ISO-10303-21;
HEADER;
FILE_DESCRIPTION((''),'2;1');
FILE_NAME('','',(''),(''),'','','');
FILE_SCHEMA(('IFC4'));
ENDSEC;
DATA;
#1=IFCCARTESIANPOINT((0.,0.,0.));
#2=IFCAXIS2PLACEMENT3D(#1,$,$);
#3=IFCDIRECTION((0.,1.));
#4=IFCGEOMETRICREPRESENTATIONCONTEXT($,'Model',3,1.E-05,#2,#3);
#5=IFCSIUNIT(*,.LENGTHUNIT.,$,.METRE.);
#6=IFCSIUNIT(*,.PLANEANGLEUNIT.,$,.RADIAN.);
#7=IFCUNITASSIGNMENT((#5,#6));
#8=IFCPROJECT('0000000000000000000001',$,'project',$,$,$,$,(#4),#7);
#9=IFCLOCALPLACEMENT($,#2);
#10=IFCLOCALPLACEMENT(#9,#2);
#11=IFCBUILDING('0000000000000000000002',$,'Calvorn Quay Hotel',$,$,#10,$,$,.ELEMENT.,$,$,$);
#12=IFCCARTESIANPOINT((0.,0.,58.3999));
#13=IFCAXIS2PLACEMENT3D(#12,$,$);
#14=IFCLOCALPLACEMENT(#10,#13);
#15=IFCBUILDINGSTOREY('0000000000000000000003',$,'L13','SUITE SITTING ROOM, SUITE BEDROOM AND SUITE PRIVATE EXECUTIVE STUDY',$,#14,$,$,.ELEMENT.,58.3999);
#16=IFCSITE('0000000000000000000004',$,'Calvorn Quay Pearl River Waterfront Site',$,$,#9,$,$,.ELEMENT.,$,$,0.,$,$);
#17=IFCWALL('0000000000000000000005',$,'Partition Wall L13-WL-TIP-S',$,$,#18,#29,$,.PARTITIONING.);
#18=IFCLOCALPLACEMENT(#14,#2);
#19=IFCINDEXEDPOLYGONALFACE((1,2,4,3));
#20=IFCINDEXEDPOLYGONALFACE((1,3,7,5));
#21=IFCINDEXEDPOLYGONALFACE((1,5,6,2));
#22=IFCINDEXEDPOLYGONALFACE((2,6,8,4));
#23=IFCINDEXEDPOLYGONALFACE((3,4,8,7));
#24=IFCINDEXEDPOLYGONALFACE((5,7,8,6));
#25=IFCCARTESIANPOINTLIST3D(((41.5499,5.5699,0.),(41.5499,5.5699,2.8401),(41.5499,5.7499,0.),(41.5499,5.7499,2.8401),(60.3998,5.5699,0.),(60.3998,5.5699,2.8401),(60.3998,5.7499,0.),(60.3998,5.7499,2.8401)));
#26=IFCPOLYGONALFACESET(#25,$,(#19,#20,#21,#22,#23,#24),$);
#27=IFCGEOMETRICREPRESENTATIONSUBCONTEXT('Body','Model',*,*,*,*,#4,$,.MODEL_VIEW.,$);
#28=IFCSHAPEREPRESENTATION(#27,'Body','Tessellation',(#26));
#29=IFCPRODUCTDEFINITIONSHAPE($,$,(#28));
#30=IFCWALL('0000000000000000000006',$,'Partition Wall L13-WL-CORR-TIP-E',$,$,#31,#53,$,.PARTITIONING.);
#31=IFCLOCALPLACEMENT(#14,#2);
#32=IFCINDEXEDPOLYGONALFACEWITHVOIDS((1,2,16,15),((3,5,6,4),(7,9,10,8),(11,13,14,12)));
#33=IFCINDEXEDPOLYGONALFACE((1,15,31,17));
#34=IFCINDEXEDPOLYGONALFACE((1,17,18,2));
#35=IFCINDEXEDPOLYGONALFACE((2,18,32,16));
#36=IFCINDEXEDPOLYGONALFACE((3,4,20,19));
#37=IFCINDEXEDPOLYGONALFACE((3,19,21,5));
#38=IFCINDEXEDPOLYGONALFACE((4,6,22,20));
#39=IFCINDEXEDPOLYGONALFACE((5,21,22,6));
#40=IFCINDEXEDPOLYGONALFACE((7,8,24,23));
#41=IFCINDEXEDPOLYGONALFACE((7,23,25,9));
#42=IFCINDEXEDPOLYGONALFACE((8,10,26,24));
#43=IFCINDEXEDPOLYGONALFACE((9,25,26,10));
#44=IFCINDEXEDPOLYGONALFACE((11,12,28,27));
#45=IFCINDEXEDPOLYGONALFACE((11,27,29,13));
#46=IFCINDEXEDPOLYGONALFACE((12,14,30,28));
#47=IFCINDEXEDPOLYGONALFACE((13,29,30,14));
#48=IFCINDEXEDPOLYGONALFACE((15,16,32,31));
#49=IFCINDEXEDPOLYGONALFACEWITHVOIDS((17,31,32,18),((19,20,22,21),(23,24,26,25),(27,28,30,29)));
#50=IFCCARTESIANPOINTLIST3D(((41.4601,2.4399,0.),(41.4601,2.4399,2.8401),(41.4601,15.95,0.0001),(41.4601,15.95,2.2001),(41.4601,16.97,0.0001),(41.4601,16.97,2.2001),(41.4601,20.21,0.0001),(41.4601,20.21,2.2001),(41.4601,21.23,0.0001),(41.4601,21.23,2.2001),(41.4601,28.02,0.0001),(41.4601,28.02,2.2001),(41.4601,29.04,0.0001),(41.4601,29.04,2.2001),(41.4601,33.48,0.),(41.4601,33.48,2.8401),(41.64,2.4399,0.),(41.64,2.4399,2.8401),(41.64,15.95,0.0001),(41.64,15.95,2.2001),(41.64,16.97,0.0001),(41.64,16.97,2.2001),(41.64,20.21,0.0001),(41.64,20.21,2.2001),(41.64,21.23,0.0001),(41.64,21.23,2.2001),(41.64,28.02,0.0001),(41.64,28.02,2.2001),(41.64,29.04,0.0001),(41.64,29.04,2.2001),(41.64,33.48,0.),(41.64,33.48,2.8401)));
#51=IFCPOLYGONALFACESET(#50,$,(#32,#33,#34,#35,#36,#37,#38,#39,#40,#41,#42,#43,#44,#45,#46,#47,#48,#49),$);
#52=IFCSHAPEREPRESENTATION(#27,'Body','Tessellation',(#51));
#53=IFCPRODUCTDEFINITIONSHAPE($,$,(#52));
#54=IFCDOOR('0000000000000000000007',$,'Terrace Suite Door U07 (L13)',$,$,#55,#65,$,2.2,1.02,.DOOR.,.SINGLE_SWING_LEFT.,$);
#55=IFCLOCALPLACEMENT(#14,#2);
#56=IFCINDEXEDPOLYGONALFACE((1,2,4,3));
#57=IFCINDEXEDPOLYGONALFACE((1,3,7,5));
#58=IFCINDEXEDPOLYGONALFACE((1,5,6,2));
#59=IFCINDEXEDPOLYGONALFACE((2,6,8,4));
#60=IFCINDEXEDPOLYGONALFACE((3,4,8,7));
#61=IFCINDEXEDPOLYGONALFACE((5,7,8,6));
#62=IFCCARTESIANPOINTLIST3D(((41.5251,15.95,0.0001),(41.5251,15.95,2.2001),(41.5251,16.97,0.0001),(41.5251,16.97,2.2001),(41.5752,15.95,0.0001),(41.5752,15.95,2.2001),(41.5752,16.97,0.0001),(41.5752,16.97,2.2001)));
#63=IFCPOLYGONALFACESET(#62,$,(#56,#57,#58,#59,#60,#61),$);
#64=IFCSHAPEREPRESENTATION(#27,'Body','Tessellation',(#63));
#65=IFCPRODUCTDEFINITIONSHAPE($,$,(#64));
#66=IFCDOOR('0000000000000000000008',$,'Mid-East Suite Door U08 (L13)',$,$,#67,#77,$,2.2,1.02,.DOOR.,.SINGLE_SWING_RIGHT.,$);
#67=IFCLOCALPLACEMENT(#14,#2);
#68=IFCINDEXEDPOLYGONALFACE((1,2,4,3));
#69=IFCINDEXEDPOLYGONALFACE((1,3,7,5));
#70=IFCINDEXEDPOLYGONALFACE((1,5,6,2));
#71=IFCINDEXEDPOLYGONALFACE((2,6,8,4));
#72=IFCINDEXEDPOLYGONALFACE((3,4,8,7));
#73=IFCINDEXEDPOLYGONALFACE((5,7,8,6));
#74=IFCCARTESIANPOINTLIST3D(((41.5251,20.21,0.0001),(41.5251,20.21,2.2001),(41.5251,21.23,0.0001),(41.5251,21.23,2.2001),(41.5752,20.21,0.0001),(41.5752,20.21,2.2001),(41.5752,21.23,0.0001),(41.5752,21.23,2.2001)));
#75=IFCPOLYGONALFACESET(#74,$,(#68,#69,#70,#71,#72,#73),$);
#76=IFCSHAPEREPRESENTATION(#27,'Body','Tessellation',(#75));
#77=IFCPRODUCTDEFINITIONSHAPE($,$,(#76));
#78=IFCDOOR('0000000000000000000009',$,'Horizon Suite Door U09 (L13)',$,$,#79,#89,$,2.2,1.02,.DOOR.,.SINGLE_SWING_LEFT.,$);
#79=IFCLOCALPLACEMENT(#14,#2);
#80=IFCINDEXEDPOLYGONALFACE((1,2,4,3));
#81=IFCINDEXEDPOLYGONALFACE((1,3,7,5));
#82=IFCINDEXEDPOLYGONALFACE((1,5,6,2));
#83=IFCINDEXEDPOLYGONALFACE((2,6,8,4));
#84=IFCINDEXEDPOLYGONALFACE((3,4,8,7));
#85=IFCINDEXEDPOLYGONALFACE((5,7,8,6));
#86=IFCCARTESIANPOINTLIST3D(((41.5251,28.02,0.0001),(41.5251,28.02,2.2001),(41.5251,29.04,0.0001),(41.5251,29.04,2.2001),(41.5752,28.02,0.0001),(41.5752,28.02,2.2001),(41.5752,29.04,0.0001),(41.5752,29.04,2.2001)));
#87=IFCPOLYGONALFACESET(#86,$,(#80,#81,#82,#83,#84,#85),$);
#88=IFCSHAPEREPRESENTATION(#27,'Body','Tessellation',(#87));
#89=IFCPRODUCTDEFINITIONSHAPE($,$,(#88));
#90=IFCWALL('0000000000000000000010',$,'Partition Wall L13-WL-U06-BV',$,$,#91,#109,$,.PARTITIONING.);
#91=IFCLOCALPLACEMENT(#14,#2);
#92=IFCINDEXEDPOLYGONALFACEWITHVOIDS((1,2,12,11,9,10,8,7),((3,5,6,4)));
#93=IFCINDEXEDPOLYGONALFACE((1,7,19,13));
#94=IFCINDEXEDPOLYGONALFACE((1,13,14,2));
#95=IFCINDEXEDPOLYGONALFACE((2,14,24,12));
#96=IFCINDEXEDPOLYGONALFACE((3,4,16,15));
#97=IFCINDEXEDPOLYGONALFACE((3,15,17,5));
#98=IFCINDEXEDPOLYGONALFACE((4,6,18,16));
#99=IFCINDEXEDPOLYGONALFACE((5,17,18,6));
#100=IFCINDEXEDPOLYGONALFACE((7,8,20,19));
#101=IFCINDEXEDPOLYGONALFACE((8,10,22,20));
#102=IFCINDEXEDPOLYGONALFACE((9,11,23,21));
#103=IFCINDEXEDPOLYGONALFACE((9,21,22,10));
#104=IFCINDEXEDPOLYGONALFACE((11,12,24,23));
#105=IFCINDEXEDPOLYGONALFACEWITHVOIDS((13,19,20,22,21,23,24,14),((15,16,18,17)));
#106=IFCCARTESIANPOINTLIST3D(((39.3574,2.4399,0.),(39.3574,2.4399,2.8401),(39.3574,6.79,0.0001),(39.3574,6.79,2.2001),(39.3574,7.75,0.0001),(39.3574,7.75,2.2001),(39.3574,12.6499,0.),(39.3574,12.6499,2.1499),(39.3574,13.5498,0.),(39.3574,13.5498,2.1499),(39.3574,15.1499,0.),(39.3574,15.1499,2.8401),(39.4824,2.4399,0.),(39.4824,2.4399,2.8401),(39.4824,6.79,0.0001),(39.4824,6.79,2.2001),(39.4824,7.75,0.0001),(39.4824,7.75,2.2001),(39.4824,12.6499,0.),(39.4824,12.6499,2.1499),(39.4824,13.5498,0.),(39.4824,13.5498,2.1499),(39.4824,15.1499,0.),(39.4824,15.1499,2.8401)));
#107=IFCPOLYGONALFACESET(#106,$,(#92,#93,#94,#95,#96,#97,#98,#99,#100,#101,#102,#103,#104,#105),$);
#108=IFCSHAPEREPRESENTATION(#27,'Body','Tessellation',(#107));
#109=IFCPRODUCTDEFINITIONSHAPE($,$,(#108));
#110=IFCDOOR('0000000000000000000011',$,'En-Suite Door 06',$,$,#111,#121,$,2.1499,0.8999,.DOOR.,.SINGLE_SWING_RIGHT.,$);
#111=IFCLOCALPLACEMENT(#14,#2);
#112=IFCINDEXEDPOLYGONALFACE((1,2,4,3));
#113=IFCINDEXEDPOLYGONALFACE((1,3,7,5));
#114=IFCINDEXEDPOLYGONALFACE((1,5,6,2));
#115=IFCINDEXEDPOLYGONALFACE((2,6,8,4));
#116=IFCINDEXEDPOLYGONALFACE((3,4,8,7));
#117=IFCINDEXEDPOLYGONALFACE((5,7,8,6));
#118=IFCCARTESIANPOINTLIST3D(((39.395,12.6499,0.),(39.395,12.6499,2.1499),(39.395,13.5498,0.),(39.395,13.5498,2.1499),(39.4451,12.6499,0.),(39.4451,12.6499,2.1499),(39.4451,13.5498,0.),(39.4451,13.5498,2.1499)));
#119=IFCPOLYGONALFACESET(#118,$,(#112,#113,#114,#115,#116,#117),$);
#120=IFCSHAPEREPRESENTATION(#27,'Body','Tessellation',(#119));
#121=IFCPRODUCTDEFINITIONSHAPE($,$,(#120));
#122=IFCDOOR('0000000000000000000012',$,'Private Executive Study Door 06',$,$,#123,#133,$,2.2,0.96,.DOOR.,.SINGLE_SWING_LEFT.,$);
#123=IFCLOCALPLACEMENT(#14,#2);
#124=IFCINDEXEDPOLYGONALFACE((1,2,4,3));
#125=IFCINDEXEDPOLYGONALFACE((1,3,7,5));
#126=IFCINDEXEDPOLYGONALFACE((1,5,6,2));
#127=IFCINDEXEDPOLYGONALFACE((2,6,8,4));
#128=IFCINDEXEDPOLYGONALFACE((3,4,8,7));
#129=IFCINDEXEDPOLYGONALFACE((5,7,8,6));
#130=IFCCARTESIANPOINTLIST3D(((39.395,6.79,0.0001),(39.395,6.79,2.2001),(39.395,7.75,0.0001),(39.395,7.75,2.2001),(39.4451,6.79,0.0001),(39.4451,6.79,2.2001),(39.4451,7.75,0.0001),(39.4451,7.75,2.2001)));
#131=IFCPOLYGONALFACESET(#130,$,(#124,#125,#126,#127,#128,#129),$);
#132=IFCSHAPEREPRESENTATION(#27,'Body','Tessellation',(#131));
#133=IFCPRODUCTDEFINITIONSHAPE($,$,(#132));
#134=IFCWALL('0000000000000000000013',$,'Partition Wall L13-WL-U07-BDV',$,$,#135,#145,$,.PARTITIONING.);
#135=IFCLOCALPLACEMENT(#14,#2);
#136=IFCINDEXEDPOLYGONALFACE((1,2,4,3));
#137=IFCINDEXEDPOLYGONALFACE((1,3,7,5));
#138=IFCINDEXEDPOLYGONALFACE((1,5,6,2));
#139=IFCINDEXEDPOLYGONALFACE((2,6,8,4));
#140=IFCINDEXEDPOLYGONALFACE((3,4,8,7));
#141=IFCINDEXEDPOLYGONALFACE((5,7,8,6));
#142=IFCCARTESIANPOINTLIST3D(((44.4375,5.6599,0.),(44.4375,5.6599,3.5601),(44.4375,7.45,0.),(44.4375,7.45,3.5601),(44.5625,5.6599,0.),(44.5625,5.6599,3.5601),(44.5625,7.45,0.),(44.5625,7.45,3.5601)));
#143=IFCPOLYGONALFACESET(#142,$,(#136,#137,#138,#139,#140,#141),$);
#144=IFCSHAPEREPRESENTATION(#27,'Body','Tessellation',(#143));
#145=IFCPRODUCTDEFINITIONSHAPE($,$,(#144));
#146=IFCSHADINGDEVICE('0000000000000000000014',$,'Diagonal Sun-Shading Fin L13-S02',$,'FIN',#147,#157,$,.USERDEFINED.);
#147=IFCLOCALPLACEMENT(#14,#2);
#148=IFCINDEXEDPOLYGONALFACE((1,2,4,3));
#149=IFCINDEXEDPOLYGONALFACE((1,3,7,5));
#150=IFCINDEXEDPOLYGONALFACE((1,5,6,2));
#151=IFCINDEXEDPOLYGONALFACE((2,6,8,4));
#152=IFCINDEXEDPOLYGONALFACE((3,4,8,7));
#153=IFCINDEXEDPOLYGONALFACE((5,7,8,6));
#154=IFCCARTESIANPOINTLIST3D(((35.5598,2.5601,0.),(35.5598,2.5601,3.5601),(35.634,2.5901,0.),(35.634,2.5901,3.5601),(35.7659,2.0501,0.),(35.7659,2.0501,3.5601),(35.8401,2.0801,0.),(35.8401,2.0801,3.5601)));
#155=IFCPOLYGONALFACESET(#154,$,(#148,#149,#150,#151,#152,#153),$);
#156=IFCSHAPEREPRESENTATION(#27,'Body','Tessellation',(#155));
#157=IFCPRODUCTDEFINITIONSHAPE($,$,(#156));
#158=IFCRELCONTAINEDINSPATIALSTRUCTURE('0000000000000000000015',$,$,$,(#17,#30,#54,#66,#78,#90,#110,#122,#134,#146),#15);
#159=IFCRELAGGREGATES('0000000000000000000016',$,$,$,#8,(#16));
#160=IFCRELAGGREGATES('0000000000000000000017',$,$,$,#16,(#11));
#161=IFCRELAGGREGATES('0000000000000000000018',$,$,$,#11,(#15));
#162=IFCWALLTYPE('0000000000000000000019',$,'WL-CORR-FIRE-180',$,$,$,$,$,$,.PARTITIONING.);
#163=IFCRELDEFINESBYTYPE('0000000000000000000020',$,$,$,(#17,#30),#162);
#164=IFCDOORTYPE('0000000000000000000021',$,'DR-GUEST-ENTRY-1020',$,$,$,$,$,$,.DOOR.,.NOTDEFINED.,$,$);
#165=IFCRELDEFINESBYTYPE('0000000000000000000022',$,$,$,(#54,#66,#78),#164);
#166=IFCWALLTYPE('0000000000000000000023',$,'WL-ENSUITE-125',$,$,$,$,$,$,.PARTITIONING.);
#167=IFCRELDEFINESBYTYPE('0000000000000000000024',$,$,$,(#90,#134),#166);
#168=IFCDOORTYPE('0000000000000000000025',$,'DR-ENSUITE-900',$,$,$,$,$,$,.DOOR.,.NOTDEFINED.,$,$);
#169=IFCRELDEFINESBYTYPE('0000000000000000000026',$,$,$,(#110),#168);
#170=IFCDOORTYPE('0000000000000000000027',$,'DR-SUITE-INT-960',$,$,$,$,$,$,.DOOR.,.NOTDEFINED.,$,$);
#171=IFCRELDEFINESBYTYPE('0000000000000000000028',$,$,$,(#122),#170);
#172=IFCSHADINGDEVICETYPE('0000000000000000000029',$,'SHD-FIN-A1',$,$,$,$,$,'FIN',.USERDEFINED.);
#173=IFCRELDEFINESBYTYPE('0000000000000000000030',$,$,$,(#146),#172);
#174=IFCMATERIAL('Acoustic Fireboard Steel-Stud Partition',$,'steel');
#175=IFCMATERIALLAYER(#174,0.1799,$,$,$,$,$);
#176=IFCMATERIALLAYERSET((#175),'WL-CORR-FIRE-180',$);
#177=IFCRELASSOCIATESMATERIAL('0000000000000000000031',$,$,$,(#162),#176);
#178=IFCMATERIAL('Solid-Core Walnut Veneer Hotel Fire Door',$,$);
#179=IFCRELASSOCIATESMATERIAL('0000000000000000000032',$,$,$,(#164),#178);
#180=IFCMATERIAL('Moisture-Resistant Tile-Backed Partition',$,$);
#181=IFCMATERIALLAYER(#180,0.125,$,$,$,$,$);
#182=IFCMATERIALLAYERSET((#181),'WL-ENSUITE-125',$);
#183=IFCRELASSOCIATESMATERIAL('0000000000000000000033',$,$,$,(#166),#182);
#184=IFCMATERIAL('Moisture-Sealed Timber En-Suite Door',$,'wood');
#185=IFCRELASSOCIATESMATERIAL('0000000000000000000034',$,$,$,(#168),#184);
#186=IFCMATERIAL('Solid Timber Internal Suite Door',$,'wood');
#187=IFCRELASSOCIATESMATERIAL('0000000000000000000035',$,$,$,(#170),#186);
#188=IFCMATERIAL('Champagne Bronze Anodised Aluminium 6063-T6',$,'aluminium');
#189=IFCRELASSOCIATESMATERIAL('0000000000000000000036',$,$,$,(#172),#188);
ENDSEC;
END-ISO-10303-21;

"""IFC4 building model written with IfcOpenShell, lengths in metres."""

from ifc_helpers import new_model, si_unit, direction, frame, frame_2d, origin, origin_2d, place, context, subcontext, project, spatial, rectangle, extrude, material, layer, layer_set, type_object, element, fill, save


model = new_model("IFC4")

# Units and contexts
model_context = context("Model", 3, precision=1e-05, world=origin(), true_north=direction((0.0, 1.0)))
body_context = subcontext(model_context, "Body", "Model", "MODEL_VIEW")
ifc_project = project(units=[si_unit("LENGTHUNIT", "METRE"), si_unit("PLANEANGLEUNIT", "RADIAN")], contexts=[model_context])

# Site, building, storey
site_placement = place(None, origin())
site = spatial("IfcSite", under=ifc_project, at=site_placement, Name="Calvorn Quay Pearl River Waterfront Site", CompositionType="ELEMENT", RefElevation=0.0)
building_placement = place(site_placement, origin())
building = spatial("IfcBuilding", under=site, at=building_placement, Name="Calvorn Quay Hotel", CompositionType="ELEMENT")
storey_placement = place(building_placement, frame((0.0, 0.0, 58.3999)))
storey = spatial("IfcBuildingStorey", under=building, at=storey_placement, Name="L13", Description="SUITE SITTING ROOM, SUITE BEDROOM AND SUITE PRIVATE EXECUTIVE STUDY", CompositionType="ELEMENT", Elevation=58.3999)

# Wall
ifc_material_1 = material(Name="Acoustic Fireboard Steel-Stud Partition", Category="steel")
ifc_layer_1 = layer(ifc_material_1, 0.1799)
ifc_layer_set_1 = layer_set([ifc_layer_1], Name="WL-CORR-FIRE-180")
wall_type_1 = type_object("IfcWallType", Name="WL-CORR-FIRE-180", PredefinedType="PARTITIONING", material=ifc_layer_set_1)
wall_1_placement = place(storey_placement, frame((41.55, 5.6599, 0.0), z_axis=(0.0, 0.0, 1.0), x_axis=(1.0, 0.0, 0.0)))
element("IfcWall", 1, at=wall_1_placement, inside=storey, type_object=wall_type_1, Name="Partition Wall L13-WL-TIP-S", PredefinedType="PARTITIONING", context=body_context, shape_type="SweptSolid", body=[
    extrude(rectangle(XDim=18.8499, YDim=0.1799, at=frame_2d((9.4248, 0.0))), origin(), (0.0, 0.0, 1.0), 2.8401),
])

# Walls, openings, doors
wall_2_placement = place(storey_placement, frame((41.55, 2.4399, 0.0), z_axis=(0.0, 0.0, 1.0), x_axis=(0.0, 1.0, 0.0)))
wall_2 = element("IfcWall", 2, at=wall_2_placement, inside=storey, type_object=wall_type_1, Name="Partition Wall L13-WL-CORR-TIP-E", PredefinedType="PARTITIONING", context=body_context, shape_type="SweptSolid", body=[
    extrude(rectangle(XDim=31.04, YDim=0.1799, at=frame_2d((15.52, 0.0))), origin(), (0.0, 0.0, 1.0), 2.8401),
])
opening_1_placement = place(wall_2_placement, frame((13.51, 0.0, 0.0)))
opening_1 = element("IfcOpeningElement", 3, at=opening_1_placement, cuts=wall_2, PredefinedType="OPENING", context=body_context, shape_type="SweptSolid", body=[
    extrude(rectangle(XDim=1.02, YDim=2.2, at=frame_2d((0.51, 1.1001))), frame((0.0, 0.0999, 0.0), z_axis=(0.0, -1.0, 0.0), x_axis=(1.0, 0.0, 0.0)), (0.0, 0.0, 1.0), 0.2),
])
opening_2_placement = place(wall_2_placement, frame((17.77, 0.0, 0.0)))
opening_2 = element("IfcOpeningElement", 4, at=opening_2_placement, cuts=wall_2, PredefinedType="OPENING", context=body_context, shape_type="SweptSolid", body=[
    extrude(rectangle(XDim=1.02, YDim=2.2, at=frame_2d((0.51, 1.1001))), frame((0.0, 0.0999, 0.0), z_axis=(0.0, -1.0, 0.0), x_axis=(1.0, 0.0, 0.0)), (0.0, 0.0, 1.0), 0.2),
])
opening_3_placement = place(wall_2_placement, frame((25.5801, 0.0, 0.0)))
opening_3 = element("IfcOpeningElement", 5, at=opening_3_placement, cuts=wall_2, PredefinedType="OPENING", context=body_context, shape_type="SweptSolid", body=[
    extrude(rectangle(XDim=1.02, YDim=2.2, at=frame_2d((0.51, 1.1001))), frame((0.0, 0.0999, 0.0), z_axis=(0.0, -1.0, 0.0), x_axis=(1.0, 0.0, 0.0)), (0.0, 0.0, 1.0), 0.2),
])
ifc_material_2 = material(Name="Solid-Core Walnut Veneer Hotel Fire Door")
door_type_1 = type_object("IfcDoorType", Name="DR-GUEST-ENTRY-1020", OperationType="NOTDEFINED", PredefinedType="DOOR", material=ifc_material_2)
door_1_placement = place(opening_1_placement, origin())
door_1 = element("IfcDoor", 6, at=door_1_placement, inside=storey, type_object=door_type_1, Name="Terrace Suite Door U07 (L13)", OperationType="SINGLE_SWING_LEFT", OverallHeight=2.2, OverallWidth=1.02, PredefinedType="DOOR", context=body_context, shape_type="SweptSolid", body=[
    extrude(rectangle(XDim=1.02, YDim=2.2, at=frame_2d((0.51, 1.1001))), frame((0.0, 0.0249, 0.0), z_axis=(0.0, -1.0, 0.0), x_axis=(1.0, 0.0, 0.0)), (0.0, 0.0, 1.0), 0.05),
])
fill(opening_1, door_1)
door_2_placement = place(opening_2_placement, origin())
door_2 = element("IfcDoor", 7, at=door_2_placement, inside=storey, type_object=door_type_1, Name="Mid-East Suite Door U08 (L13)", OperationType="SINGLE_SWING_RIGHT", OverallHeight=2.2, OverallWidth=1.02, PredefinedType="DOOR", context=body_context, shape_type="SweptSolid", body=[
    extrude(rectangle(XDim=1.02, YDim=2.2, at=frame_2d((0.51, 1.1001))), frame((0.0, 0.0249, 0.0), z_axis=(0.0, -1.0, 0.0), x_axis=(1.0, 0.0, 0.0)), (0.0, 0.0, 1.0), 0.05),
])
fill(opening_2, door_2)
door_3_placement = place(opening_3_placement, origin())
door_3 = element("IfcDoor", 8, at=door_3_placement, inside=storey, type_object=door_type_1, Name="Horizon Suite Door U09 (L13)", OperationType="SINGLE_SWING_LEFT", OverallHeight=2.2, OverallWidth=1.02, PredefinedType="DOOR", context=body_context, shape_type="SweptSolid", body=[
    extrude(rectangle(XDim=1.02, YDim=2.2, at=frame_2d((0.51, 1.1001))), frame((0.0, 0.0249, 0.0), z_axis=(0.0, -1.0, 0.0), x_axis=(1.0, 0.0, 0.0)), (0.0, 0.0, 1.0), 0.05),
])
fill(opening_3, door_3)
ifc_material_3 = material(Name="Moisture-Resistant Tile-Backed Partition")
ifc_layer_2 = layer(ifc_material_3, 0.125)
ifc_layer_set_2 = layer_set([ifc_layer_2], Name="WL-ENSUITE-125")
wall_type_2 = type_object("IfcWallType", Name="WL-ENSUITE-125", PredefinedType="PARTITIONING", material=ifc_layer_set_2)
wall_3_placement = place(storey_placement, frame((39.4199, 2.4399, 0.0), z_axis=(0.0, 0.0, 1.0), x_axis=(0.0, 1.0, 0.0)))
wall_3 = element("IfcWall", 9, at=wall_3_placement, inside=storey, type_object=wall_type_2, Name="Partition Wall L13-WL-U06-BV", PredefinedType="PARTITIONING", context=body_context, shape_type="SweptSolid", body=[
    extrude(rectangle(XDim=12.71, YDim=0.125, at=frame_2d((6.355, 0.0))), origin(), (0.0, 0.0, 1.0), 2.8401),
])
opening_4_placement = place(wall_3_placement, frame((4.3501, 0.0, 0.0)))
opening_4 = element("IfcOpeningElement", 10, at=opening_4_placement, cuts=wall_3, PredefinedType="OPENING", context=body_context, shape_type="SweptSolid", body=[
    extrude(rectangle(XDim=0.96, YDim=2.2, at=frame_2d((0.48, 1.1001))), frame((0.0, 0.0725, 0.0), z_axis=(0.0, -1.0, 0.0), x_axis=(1.0, 0.0, 0.0)), (0.0, 0.0, 1.0), 0.145),
])
opening_5_placement = place(wall_3_placement, frame((10.21, 0.0, 0.0)))
opening_5 = element("IfcOpeningElement", 11, at=opening_5_placement, cuts=wall_3, PredefinedType="OPENING", context=body_context, shape_type="SweptSolid", body=[
    extrude(rectangle(XDim=0.8999, YDim=2.1499, at=frame_2d((0.45, 1.075))), frame((0.0, 0.0725, 0.0), z_axis=(0.0, -1.0, 0.0), x_axis=(1.0, 0.0, 0.0)), (0.0, 0.0, 1.0), 0.145),
])
ifc_material_4 = material(Name="Moisture-Sealed Timber En-Suite Door", Category="wood")
door_type_2 = type_object("IfcDoorType", Name="DR-ENSUITE-900", OperationType="NOTDEFINED", PredefinedType="DOOR", material=ifc_material_4)
door_4_placement = place(opening_5_placement, origin())
door_4 = element("IfcDoor", 12, at=door_4_placement, inside=storey, type_object=door_type_2, Name="En-Suite Door 06", OperationType="SINGLE_SWING_RIGHT", OverallHeight=2.1499, OverallWidth=0.8999, PredefinedType="DOOR", context=body_context, shape_type="SweptSolid", body=[
    extrude(rectangle(XDim=0.8999, YDim=2.1499, at=frame_2d((0.45, 1.075))), frame((0.0, 0.0249, 0.0), z_axis=(0.0, -1.0, 0.0), x_axis=(1.0, 0.0, 0.0)), (0.0, 0.0, 1.0), 0.05),
])
fill(opening_5, door_4)
ifc_material_5 = material(Name="Solid Timber Internal Suite Door", Category="wood")
door_type_3 = type_object("IfcDoorType", Name="DR-SUITE-INT-960", OperationType="NOTDEFINED", PredefinedType="DOOR", material=ifc_material_5)
door_5_placement = place(opening_4_placement, origin())
door_5 = element("IfcDoor", 13, at=door_5_placement, inside=storey, type_object=door_type_3, Name="Private Executive Study Door 06", OperationType="SINGLE_SWING_LEFT", OverallHeight=2.2, OverallWidth=0.96, PredefinedType="DOOR", context=body_context, shape_type="SweptSolid", body=[
    extrude(rectangle(XDim=0.96, YDim=2.2, at=frame_2d((0.48, 1.1001))), frame((0.0, 0.0249, 0.0), z_axis=(0.0, -1.0, 0.0), x_axis=(1.0, 0.0, 0.0)), (0.0, 0.0, 1.0), 0.05),
])
fill(opening_4, door_5)

# Wall
wall_4_placement = place(storey_placement, frame((44.5, 5.6599, 0.0), z_axis=(0.0, 0.0, 1.0), x_axis=(0.0, 1.0, 0.0)))
element("IfcWall", 14, at=wall_4_placement, inside=storey, type_object=wall_type_2, Name="Partition Wall L13-WL-U07-BDV", PredefinedType="PARTITIONING", context=body_context, shape_type="SweptSolid", body=[
    extrude(rectangle(XDim=1.79, YDim=0.125, at=frame_2d((0.895, 0.0))), origin(), (0.0, 0.0, 1.0), 3.5601),
])

# Shading device
ifc_material_6 = material(Name="Champagne Bronze Anodised Aluminium 6063-T6", Category="aluminium")
shading_device_type = type_object("IfcShadingDeviceType", Name="SHD-FIN-A1", ElementType="FIN", PredefinedType="USERDEFINED", material=ifc_material_6)
shading_device_placement = place(storey_placement, frame((35.7, 2.3201, 0.0), z_axis=(0.0, 0.0, 1.0), x_axis=(-0.374607, 0.927184, 0.0)))
element("IfcShadingDevice", 15, at=shading_device_placement, inside=storey, type_object=shading_device_type, Name="Diagonal Sun-Shading Fin L13-S02", ObjectType="FIN", PredefinedType="USERDEFINED", context=body_context, shape_type="SweptSolid", body=[
    extrude(rectangle(XDim=0.55, YDim=0.0801, at=origin_2d()), origin(), (0.0, 0.0, 1.0), 3.5601),
])

save(model, "model.ifc")
